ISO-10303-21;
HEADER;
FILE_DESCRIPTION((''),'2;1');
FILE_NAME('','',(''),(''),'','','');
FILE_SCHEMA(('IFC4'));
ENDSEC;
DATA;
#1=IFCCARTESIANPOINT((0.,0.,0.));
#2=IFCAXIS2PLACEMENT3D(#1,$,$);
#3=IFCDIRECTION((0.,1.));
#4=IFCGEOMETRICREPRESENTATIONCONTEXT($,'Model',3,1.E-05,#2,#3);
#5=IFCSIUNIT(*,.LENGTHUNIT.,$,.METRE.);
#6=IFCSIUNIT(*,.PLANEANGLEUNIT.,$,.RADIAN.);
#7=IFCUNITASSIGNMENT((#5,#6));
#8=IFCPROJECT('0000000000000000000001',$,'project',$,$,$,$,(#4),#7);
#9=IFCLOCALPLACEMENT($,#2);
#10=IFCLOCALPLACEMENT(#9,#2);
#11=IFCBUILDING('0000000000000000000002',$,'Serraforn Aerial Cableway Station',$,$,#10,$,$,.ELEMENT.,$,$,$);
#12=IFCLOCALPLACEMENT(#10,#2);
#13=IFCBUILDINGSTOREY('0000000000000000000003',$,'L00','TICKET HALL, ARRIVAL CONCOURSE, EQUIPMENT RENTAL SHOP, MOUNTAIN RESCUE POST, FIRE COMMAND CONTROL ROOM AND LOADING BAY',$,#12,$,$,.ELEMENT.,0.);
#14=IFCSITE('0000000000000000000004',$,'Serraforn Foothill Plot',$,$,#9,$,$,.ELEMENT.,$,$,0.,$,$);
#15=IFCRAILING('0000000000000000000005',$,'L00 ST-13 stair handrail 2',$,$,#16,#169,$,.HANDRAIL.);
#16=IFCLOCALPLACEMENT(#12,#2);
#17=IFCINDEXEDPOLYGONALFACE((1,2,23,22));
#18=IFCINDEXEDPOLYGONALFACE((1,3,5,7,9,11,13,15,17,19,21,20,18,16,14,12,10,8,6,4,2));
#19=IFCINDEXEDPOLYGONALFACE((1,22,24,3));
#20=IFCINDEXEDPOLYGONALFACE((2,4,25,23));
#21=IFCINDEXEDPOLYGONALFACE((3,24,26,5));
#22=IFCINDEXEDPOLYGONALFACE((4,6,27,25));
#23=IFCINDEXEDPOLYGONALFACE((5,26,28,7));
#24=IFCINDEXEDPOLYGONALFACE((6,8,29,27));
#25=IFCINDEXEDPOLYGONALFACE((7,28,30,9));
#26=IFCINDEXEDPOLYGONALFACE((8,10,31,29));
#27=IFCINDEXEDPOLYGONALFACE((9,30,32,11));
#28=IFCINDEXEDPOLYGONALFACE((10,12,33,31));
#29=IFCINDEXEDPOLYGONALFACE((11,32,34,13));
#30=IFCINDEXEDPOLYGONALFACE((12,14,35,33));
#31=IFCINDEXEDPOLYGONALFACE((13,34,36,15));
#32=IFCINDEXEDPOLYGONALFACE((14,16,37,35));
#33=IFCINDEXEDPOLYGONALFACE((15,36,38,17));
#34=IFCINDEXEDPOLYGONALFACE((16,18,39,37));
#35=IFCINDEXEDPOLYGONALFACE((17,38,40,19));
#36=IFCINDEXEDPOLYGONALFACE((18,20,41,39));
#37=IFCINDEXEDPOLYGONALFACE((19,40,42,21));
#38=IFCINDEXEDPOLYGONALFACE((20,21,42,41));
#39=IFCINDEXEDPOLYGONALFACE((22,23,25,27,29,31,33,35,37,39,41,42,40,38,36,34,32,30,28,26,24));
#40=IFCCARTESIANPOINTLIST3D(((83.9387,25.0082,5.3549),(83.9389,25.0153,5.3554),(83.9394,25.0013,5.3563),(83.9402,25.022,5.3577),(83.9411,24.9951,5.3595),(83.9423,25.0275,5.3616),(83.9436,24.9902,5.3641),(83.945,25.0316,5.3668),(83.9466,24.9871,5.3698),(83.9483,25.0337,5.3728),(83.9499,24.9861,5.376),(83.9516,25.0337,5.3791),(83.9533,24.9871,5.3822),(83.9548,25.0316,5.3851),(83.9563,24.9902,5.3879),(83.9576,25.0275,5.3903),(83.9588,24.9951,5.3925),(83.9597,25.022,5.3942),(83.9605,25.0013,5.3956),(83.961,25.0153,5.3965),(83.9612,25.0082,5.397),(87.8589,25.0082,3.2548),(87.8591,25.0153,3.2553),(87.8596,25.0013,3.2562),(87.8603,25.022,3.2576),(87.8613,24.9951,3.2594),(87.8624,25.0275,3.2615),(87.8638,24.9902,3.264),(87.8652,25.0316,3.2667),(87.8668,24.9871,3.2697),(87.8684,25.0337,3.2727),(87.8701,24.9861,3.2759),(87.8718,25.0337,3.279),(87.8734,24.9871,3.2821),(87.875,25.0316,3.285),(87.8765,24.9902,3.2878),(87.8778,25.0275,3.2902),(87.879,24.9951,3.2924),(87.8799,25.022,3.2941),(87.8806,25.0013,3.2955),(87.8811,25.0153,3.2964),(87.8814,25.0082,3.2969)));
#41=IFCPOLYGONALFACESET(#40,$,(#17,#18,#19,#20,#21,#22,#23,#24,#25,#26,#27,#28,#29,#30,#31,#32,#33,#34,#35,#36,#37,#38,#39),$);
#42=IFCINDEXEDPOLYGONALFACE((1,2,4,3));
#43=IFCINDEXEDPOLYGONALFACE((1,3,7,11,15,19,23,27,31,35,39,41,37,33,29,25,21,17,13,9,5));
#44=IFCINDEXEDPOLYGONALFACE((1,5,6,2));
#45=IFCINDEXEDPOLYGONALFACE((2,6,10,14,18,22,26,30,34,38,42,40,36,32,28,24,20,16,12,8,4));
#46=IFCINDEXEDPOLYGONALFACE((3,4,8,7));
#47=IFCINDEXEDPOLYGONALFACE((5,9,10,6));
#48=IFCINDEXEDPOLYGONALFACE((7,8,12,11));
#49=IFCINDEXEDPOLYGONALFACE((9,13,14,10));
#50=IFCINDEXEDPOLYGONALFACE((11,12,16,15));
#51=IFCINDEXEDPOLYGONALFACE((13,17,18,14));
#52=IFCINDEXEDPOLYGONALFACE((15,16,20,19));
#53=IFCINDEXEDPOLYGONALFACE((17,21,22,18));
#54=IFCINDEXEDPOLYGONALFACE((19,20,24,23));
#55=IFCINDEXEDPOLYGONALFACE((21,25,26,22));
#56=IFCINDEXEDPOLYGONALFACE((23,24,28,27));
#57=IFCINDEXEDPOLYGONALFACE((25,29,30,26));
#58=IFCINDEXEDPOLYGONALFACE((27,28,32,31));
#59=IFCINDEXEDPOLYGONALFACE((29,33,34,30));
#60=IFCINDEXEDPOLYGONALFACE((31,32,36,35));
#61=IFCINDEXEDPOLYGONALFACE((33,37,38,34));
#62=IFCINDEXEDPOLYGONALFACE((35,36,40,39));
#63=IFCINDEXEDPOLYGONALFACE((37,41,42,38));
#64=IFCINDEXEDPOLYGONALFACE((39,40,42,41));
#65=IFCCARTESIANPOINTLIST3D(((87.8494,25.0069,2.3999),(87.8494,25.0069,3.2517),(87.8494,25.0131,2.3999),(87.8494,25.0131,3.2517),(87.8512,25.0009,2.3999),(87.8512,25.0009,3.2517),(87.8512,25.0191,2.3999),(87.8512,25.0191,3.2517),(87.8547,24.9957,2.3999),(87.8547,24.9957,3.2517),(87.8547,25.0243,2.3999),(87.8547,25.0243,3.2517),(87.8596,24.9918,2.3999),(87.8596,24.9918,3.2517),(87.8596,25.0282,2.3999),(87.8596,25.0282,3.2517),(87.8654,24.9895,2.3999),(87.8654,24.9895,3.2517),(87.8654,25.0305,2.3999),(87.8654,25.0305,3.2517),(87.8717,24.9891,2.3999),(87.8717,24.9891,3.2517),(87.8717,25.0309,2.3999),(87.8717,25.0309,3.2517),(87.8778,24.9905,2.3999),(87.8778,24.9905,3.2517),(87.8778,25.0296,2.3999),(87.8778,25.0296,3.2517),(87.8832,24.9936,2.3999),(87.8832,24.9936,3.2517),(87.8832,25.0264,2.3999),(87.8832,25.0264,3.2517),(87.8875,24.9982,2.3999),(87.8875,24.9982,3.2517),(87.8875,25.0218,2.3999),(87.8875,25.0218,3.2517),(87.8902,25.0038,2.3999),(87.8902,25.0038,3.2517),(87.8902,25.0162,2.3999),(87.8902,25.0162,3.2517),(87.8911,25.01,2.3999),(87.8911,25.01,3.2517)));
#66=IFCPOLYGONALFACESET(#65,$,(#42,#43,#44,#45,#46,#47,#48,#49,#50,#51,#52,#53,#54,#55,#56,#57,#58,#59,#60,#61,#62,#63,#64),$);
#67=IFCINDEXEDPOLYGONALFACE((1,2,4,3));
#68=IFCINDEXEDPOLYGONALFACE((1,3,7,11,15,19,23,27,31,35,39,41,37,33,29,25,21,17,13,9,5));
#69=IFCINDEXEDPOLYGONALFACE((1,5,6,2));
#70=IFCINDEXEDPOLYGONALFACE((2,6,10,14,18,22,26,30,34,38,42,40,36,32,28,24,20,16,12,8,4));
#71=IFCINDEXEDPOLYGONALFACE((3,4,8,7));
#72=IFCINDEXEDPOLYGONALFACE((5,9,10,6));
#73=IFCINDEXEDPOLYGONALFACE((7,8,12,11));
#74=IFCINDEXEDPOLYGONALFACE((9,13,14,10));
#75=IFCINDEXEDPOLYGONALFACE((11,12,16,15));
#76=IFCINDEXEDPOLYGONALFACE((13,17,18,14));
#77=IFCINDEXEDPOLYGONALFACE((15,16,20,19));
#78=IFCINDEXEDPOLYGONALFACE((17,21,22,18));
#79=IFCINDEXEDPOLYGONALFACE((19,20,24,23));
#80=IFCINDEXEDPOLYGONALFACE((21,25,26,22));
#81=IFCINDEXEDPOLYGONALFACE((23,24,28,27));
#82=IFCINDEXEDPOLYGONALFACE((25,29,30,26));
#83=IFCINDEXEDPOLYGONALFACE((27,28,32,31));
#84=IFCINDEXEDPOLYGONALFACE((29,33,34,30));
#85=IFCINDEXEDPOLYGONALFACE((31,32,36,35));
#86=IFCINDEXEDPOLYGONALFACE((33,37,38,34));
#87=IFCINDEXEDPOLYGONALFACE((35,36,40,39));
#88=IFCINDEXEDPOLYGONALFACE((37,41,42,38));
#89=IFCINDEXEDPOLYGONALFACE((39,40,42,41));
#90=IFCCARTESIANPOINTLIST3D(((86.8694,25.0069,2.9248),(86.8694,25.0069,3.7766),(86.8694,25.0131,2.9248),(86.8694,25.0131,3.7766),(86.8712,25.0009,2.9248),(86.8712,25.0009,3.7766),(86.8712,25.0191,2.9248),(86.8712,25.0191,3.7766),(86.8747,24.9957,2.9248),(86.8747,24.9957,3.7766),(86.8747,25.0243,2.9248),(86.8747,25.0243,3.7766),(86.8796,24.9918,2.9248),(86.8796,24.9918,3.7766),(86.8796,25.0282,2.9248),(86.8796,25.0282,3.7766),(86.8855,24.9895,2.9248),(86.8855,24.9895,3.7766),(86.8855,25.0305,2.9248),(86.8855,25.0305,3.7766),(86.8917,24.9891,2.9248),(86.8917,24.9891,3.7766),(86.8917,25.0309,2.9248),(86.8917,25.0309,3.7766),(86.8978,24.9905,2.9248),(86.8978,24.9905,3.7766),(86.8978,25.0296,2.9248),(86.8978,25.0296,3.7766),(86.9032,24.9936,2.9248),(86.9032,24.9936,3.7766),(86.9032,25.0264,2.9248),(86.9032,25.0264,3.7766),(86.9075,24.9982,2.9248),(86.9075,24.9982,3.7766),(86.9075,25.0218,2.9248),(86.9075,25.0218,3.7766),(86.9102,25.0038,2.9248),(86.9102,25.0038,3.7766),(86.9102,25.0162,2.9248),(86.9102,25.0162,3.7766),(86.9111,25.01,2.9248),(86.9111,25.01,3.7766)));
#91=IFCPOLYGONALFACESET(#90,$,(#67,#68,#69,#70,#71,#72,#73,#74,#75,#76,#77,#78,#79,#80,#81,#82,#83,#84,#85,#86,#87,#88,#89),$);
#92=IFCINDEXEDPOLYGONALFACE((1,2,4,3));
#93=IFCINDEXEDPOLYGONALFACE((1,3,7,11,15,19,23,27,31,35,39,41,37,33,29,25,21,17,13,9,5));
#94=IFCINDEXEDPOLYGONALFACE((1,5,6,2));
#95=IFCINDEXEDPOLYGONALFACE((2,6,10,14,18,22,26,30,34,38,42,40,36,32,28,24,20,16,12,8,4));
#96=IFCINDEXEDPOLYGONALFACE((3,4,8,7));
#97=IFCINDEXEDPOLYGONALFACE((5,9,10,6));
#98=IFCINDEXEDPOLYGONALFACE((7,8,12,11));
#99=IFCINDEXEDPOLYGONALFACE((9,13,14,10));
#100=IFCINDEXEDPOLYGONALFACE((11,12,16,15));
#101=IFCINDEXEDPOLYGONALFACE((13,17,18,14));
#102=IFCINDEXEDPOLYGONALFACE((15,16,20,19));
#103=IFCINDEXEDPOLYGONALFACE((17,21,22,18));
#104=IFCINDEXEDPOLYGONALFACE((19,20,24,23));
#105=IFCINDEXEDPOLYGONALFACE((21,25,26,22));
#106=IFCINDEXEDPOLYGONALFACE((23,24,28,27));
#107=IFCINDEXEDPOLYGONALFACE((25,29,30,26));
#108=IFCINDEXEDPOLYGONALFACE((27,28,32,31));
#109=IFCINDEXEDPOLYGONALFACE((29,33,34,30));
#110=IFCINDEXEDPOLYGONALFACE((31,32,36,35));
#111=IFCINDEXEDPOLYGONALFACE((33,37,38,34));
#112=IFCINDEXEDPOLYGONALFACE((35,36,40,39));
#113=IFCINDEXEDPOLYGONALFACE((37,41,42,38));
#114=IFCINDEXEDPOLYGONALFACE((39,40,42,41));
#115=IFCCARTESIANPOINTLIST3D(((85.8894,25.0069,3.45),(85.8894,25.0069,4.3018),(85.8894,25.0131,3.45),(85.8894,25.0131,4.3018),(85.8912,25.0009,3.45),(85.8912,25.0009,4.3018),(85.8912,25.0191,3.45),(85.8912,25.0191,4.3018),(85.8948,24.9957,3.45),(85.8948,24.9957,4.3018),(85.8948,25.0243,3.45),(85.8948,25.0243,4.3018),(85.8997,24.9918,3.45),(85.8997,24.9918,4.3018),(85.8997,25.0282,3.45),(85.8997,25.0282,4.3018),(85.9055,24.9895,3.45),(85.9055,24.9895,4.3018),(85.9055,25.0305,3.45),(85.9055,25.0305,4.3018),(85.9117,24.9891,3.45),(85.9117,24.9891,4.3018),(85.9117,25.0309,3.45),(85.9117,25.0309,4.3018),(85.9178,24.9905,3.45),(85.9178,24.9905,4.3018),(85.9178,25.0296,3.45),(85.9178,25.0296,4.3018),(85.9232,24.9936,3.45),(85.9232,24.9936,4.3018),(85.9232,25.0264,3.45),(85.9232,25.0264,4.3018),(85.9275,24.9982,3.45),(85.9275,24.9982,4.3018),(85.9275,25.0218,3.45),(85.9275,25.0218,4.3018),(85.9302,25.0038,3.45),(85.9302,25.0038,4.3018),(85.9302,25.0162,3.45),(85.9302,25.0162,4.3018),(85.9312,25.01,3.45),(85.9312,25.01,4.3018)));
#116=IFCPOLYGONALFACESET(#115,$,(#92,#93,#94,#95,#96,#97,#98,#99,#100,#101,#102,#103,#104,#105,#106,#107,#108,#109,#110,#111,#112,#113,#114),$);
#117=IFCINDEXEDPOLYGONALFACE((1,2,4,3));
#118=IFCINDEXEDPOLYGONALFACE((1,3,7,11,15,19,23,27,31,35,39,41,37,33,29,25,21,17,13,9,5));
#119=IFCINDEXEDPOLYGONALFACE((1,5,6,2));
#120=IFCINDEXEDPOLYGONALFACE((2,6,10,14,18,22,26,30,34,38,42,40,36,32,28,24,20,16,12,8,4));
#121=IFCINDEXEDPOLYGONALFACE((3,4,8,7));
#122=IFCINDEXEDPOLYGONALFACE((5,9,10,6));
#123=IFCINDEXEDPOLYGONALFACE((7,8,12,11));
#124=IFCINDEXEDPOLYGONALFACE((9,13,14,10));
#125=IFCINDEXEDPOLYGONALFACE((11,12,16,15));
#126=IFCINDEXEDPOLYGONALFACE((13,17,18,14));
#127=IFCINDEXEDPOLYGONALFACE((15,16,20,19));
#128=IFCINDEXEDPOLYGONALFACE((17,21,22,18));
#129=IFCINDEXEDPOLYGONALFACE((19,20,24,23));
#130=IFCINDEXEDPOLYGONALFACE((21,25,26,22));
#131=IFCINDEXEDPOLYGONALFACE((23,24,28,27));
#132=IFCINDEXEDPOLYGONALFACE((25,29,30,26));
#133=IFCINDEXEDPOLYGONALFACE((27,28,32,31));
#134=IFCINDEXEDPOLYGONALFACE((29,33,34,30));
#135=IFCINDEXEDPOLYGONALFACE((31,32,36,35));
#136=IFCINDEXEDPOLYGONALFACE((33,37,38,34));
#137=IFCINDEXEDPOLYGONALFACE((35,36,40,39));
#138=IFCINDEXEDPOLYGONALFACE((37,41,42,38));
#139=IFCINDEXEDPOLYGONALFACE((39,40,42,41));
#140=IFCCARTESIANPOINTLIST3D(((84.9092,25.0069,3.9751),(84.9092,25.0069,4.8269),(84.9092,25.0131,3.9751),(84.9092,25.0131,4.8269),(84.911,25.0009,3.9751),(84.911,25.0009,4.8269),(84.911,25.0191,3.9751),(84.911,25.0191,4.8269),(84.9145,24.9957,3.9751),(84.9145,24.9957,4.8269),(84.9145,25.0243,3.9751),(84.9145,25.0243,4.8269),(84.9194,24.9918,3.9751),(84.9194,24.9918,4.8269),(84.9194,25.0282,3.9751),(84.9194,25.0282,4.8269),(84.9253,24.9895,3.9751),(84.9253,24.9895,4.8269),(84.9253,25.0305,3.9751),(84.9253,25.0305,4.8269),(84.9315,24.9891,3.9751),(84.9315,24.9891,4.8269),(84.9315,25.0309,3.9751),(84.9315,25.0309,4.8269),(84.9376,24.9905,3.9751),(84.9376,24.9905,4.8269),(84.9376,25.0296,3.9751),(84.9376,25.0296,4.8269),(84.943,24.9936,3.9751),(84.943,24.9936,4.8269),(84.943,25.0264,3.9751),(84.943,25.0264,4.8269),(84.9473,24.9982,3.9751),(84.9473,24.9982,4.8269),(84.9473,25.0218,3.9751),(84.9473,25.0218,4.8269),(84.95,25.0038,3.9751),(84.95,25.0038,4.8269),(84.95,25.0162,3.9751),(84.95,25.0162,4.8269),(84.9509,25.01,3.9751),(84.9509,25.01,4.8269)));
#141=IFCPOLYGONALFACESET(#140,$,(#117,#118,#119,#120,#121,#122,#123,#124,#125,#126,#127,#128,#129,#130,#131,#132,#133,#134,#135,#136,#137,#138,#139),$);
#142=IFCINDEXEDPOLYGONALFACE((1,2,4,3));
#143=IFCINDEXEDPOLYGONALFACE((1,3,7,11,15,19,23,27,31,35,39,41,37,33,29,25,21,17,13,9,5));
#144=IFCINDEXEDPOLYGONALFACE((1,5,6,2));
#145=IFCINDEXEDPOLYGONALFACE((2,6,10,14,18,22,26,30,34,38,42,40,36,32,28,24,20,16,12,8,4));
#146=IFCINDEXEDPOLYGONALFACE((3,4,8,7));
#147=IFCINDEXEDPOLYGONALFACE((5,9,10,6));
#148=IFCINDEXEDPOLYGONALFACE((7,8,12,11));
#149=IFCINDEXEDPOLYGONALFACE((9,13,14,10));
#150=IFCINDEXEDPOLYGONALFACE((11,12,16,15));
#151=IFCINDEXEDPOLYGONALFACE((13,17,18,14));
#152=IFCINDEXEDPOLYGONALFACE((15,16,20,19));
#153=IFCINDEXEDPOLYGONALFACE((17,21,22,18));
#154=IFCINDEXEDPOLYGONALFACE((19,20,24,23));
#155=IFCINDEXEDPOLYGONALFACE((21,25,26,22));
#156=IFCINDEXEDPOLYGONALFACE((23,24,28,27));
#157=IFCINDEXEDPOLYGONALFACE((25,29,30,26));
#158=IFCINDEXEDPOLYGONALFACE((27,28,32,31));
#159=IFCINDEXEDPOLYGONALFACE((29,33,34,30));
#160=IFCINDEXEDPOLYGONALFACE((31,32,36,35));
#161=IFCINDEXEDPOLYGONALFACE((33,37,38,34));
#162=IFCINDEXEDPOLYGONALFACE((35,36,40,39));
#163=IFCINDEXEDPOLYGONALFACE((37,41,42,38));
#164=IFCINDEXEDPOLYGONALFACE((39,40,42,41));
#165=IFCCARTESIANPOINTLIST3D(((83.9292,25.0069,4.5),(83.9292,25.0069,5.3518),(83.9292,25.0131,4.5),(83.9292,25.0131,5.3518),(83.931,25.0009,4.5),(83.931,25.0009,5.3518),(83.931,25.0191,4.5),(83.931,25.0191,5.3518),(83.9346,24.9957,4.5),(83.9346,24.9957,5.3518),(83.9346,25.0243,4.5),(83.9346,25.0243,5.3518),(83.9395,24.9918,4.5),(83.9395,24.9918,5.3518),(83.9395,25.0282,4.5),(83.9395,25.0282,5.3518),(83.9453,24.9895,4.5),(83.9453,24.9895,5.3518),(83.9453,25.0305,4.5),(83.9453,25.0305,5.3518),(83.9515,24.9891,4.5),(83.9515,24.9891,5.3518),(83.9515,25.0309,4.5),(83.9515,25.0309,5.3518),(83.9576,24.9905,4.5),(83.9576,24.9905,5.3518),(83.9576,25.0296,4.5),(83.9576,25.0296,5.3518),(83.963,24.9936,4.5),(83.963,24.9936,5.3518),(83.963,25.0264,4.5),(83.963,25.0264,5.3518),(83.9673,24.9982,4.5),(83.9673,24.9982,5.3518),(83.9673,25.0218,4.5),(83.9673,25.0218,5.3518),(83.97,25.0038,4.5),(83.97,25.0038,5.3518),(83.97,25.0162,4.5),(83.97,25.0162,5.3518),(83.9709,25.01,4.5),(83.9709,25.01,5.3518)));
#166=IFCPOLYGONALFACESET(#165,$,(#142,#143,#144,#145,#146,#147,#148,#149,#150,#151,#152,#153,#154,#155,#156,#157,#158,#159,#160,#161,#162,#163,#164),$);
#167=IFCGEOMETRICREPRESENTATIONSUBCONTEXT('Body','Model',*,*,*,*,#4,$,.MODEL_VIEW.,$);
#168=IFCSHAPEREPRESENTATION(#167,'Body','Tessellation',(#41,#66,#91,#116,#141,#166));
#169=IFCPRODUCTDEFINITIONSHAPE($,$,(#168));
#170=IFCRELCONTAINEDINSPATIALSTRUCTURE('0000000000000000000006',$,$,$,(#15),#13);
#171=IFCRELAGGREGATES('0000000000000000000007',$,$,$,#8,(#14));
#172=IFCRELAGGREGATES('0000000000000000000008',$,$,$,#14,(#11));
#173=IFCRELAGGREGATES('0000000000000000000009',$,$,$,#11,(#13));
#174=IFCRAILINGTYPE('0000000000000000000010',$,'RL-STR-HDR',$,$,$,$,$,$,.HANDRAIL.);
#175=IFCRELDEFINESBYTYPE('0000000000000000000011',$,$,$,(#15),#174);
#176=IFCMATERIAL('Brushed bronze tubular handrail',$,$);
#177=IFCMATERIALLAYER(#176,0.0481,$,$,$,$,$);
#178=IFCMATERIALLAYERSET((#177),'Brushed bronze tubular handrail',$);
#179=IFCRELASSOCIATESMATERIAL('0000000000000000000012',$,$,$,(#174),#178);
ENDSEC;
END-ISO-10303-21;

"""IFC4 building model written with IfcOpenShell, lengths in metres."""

from ifc_helpers import new_model, si_unit, direction, frame, origin, origin_2d, place, context, subcontext, project, spatial, circle, extrude, material, layer, layer_set, type_object, element, save


model = new_model("IFC4")

# Units and contexts
model_context = context("Model", 3, precision=1e-05, world=origin(), true_north=direction((0.0, 1.0)))
body_context = subcontext(model_context, "Body", "Model", "MODEL_VIEW")
ifc_project = project(units=[si_unit("LENGTHUNIT", "METRE"), si_unit("PLANEANGLEUNIT", "RADIAN")], contexts=[model_context])

# Site, building, storey
site_placement = place(None, origin())
site = spatial("IfcSite", under=ifc_project, at=site_placement, Name="Serraforn Foothill Plot", CompositionType="ELEMENT", RefElevation=0.0)
building_placement = place(site_placement, origin())
building = spatial("IfcBuilding", under=site, at=building_placement, Name="Serraforn Aerial Cableway Station", CompositionType="ELEMENT")
storey_placement = place(building_placement, origin())
storey = spatial("IfcBuildingStorey", under=building, at=storey_placement, Name="L00", Description="TICKET HALL, ARRIVAL CONCOURSE, EQUIPMENT RENTAL SHOP, MOUNTAIN RESCUE POST, FIRE COMMAND CONTROL ROOM AND LOADING BAY", CompositionType="ELEMENT", Elevation=0.0)

# Railing
ifc_material_1 = material(Name="Brushed bronze tubular handrail")
ifc_layer_1 = layer(ifc_material_1, 0.0481)
ifc_layer_set_1 = layer_set([ifc_layer_1], Name="Brushed bronze tubular handrail")
railing_type_1 = type_object("IfcRailingType", Name="RL-STR-HDR", PredefinedType="HANDRAIL", material=ifc_layer_set_1)
railing_1_placement = place(storey_placement, frame((87.8701, 25.01, 2.3999)))
element("IfcRailing", 1, at=railing_1_placement, inside=storey, type_object=railing_type_1, Name="L00 ST-13 stair handrail 2", PredefinedType="HANDRAIL", context=body_context, shape_type="SweptSolid", body=[
    extrude(circle(Radius=0.0239, at=origin_2d()), frame((0.0, 0.0, 0.876), z_axis=(-0.881479, 0.0, 0.472223), x_axis=(0.0, -1.0, 0.0)), (0.0, 0.0, 1.0), 4.4473),
    extrude(circle(Radius=0.021, at=origin_2d()), origin(), (0.0, 0.0, 1.0), 0.8518),
    extrude(circle(Radius=0.021, at=origin_2d()), frame((-0.98, 0.0, 0.5249)), (0.0, 0.0, 1.0), 0.8518),
    extrude(circle(Radius=0.021, at=origin_2d()), frame((-1.96, 0.0, 1.05)), (0.0, 0.0, 1.0), 0.8518),
    extrude(circle(Radius=0.021, at=origin_2d()), frame((-2.9402, 0.0, 1.5752)), (0.0, 0.0, 1.0), 0.8518),
    extrude(circle(Radius=0.021, at=origin_2d()), frame((-3.9202, 0.0, 2.1001)), (0.0, 0.0, 1.0), 0.8518),
])

save(model, "model.ifc")
